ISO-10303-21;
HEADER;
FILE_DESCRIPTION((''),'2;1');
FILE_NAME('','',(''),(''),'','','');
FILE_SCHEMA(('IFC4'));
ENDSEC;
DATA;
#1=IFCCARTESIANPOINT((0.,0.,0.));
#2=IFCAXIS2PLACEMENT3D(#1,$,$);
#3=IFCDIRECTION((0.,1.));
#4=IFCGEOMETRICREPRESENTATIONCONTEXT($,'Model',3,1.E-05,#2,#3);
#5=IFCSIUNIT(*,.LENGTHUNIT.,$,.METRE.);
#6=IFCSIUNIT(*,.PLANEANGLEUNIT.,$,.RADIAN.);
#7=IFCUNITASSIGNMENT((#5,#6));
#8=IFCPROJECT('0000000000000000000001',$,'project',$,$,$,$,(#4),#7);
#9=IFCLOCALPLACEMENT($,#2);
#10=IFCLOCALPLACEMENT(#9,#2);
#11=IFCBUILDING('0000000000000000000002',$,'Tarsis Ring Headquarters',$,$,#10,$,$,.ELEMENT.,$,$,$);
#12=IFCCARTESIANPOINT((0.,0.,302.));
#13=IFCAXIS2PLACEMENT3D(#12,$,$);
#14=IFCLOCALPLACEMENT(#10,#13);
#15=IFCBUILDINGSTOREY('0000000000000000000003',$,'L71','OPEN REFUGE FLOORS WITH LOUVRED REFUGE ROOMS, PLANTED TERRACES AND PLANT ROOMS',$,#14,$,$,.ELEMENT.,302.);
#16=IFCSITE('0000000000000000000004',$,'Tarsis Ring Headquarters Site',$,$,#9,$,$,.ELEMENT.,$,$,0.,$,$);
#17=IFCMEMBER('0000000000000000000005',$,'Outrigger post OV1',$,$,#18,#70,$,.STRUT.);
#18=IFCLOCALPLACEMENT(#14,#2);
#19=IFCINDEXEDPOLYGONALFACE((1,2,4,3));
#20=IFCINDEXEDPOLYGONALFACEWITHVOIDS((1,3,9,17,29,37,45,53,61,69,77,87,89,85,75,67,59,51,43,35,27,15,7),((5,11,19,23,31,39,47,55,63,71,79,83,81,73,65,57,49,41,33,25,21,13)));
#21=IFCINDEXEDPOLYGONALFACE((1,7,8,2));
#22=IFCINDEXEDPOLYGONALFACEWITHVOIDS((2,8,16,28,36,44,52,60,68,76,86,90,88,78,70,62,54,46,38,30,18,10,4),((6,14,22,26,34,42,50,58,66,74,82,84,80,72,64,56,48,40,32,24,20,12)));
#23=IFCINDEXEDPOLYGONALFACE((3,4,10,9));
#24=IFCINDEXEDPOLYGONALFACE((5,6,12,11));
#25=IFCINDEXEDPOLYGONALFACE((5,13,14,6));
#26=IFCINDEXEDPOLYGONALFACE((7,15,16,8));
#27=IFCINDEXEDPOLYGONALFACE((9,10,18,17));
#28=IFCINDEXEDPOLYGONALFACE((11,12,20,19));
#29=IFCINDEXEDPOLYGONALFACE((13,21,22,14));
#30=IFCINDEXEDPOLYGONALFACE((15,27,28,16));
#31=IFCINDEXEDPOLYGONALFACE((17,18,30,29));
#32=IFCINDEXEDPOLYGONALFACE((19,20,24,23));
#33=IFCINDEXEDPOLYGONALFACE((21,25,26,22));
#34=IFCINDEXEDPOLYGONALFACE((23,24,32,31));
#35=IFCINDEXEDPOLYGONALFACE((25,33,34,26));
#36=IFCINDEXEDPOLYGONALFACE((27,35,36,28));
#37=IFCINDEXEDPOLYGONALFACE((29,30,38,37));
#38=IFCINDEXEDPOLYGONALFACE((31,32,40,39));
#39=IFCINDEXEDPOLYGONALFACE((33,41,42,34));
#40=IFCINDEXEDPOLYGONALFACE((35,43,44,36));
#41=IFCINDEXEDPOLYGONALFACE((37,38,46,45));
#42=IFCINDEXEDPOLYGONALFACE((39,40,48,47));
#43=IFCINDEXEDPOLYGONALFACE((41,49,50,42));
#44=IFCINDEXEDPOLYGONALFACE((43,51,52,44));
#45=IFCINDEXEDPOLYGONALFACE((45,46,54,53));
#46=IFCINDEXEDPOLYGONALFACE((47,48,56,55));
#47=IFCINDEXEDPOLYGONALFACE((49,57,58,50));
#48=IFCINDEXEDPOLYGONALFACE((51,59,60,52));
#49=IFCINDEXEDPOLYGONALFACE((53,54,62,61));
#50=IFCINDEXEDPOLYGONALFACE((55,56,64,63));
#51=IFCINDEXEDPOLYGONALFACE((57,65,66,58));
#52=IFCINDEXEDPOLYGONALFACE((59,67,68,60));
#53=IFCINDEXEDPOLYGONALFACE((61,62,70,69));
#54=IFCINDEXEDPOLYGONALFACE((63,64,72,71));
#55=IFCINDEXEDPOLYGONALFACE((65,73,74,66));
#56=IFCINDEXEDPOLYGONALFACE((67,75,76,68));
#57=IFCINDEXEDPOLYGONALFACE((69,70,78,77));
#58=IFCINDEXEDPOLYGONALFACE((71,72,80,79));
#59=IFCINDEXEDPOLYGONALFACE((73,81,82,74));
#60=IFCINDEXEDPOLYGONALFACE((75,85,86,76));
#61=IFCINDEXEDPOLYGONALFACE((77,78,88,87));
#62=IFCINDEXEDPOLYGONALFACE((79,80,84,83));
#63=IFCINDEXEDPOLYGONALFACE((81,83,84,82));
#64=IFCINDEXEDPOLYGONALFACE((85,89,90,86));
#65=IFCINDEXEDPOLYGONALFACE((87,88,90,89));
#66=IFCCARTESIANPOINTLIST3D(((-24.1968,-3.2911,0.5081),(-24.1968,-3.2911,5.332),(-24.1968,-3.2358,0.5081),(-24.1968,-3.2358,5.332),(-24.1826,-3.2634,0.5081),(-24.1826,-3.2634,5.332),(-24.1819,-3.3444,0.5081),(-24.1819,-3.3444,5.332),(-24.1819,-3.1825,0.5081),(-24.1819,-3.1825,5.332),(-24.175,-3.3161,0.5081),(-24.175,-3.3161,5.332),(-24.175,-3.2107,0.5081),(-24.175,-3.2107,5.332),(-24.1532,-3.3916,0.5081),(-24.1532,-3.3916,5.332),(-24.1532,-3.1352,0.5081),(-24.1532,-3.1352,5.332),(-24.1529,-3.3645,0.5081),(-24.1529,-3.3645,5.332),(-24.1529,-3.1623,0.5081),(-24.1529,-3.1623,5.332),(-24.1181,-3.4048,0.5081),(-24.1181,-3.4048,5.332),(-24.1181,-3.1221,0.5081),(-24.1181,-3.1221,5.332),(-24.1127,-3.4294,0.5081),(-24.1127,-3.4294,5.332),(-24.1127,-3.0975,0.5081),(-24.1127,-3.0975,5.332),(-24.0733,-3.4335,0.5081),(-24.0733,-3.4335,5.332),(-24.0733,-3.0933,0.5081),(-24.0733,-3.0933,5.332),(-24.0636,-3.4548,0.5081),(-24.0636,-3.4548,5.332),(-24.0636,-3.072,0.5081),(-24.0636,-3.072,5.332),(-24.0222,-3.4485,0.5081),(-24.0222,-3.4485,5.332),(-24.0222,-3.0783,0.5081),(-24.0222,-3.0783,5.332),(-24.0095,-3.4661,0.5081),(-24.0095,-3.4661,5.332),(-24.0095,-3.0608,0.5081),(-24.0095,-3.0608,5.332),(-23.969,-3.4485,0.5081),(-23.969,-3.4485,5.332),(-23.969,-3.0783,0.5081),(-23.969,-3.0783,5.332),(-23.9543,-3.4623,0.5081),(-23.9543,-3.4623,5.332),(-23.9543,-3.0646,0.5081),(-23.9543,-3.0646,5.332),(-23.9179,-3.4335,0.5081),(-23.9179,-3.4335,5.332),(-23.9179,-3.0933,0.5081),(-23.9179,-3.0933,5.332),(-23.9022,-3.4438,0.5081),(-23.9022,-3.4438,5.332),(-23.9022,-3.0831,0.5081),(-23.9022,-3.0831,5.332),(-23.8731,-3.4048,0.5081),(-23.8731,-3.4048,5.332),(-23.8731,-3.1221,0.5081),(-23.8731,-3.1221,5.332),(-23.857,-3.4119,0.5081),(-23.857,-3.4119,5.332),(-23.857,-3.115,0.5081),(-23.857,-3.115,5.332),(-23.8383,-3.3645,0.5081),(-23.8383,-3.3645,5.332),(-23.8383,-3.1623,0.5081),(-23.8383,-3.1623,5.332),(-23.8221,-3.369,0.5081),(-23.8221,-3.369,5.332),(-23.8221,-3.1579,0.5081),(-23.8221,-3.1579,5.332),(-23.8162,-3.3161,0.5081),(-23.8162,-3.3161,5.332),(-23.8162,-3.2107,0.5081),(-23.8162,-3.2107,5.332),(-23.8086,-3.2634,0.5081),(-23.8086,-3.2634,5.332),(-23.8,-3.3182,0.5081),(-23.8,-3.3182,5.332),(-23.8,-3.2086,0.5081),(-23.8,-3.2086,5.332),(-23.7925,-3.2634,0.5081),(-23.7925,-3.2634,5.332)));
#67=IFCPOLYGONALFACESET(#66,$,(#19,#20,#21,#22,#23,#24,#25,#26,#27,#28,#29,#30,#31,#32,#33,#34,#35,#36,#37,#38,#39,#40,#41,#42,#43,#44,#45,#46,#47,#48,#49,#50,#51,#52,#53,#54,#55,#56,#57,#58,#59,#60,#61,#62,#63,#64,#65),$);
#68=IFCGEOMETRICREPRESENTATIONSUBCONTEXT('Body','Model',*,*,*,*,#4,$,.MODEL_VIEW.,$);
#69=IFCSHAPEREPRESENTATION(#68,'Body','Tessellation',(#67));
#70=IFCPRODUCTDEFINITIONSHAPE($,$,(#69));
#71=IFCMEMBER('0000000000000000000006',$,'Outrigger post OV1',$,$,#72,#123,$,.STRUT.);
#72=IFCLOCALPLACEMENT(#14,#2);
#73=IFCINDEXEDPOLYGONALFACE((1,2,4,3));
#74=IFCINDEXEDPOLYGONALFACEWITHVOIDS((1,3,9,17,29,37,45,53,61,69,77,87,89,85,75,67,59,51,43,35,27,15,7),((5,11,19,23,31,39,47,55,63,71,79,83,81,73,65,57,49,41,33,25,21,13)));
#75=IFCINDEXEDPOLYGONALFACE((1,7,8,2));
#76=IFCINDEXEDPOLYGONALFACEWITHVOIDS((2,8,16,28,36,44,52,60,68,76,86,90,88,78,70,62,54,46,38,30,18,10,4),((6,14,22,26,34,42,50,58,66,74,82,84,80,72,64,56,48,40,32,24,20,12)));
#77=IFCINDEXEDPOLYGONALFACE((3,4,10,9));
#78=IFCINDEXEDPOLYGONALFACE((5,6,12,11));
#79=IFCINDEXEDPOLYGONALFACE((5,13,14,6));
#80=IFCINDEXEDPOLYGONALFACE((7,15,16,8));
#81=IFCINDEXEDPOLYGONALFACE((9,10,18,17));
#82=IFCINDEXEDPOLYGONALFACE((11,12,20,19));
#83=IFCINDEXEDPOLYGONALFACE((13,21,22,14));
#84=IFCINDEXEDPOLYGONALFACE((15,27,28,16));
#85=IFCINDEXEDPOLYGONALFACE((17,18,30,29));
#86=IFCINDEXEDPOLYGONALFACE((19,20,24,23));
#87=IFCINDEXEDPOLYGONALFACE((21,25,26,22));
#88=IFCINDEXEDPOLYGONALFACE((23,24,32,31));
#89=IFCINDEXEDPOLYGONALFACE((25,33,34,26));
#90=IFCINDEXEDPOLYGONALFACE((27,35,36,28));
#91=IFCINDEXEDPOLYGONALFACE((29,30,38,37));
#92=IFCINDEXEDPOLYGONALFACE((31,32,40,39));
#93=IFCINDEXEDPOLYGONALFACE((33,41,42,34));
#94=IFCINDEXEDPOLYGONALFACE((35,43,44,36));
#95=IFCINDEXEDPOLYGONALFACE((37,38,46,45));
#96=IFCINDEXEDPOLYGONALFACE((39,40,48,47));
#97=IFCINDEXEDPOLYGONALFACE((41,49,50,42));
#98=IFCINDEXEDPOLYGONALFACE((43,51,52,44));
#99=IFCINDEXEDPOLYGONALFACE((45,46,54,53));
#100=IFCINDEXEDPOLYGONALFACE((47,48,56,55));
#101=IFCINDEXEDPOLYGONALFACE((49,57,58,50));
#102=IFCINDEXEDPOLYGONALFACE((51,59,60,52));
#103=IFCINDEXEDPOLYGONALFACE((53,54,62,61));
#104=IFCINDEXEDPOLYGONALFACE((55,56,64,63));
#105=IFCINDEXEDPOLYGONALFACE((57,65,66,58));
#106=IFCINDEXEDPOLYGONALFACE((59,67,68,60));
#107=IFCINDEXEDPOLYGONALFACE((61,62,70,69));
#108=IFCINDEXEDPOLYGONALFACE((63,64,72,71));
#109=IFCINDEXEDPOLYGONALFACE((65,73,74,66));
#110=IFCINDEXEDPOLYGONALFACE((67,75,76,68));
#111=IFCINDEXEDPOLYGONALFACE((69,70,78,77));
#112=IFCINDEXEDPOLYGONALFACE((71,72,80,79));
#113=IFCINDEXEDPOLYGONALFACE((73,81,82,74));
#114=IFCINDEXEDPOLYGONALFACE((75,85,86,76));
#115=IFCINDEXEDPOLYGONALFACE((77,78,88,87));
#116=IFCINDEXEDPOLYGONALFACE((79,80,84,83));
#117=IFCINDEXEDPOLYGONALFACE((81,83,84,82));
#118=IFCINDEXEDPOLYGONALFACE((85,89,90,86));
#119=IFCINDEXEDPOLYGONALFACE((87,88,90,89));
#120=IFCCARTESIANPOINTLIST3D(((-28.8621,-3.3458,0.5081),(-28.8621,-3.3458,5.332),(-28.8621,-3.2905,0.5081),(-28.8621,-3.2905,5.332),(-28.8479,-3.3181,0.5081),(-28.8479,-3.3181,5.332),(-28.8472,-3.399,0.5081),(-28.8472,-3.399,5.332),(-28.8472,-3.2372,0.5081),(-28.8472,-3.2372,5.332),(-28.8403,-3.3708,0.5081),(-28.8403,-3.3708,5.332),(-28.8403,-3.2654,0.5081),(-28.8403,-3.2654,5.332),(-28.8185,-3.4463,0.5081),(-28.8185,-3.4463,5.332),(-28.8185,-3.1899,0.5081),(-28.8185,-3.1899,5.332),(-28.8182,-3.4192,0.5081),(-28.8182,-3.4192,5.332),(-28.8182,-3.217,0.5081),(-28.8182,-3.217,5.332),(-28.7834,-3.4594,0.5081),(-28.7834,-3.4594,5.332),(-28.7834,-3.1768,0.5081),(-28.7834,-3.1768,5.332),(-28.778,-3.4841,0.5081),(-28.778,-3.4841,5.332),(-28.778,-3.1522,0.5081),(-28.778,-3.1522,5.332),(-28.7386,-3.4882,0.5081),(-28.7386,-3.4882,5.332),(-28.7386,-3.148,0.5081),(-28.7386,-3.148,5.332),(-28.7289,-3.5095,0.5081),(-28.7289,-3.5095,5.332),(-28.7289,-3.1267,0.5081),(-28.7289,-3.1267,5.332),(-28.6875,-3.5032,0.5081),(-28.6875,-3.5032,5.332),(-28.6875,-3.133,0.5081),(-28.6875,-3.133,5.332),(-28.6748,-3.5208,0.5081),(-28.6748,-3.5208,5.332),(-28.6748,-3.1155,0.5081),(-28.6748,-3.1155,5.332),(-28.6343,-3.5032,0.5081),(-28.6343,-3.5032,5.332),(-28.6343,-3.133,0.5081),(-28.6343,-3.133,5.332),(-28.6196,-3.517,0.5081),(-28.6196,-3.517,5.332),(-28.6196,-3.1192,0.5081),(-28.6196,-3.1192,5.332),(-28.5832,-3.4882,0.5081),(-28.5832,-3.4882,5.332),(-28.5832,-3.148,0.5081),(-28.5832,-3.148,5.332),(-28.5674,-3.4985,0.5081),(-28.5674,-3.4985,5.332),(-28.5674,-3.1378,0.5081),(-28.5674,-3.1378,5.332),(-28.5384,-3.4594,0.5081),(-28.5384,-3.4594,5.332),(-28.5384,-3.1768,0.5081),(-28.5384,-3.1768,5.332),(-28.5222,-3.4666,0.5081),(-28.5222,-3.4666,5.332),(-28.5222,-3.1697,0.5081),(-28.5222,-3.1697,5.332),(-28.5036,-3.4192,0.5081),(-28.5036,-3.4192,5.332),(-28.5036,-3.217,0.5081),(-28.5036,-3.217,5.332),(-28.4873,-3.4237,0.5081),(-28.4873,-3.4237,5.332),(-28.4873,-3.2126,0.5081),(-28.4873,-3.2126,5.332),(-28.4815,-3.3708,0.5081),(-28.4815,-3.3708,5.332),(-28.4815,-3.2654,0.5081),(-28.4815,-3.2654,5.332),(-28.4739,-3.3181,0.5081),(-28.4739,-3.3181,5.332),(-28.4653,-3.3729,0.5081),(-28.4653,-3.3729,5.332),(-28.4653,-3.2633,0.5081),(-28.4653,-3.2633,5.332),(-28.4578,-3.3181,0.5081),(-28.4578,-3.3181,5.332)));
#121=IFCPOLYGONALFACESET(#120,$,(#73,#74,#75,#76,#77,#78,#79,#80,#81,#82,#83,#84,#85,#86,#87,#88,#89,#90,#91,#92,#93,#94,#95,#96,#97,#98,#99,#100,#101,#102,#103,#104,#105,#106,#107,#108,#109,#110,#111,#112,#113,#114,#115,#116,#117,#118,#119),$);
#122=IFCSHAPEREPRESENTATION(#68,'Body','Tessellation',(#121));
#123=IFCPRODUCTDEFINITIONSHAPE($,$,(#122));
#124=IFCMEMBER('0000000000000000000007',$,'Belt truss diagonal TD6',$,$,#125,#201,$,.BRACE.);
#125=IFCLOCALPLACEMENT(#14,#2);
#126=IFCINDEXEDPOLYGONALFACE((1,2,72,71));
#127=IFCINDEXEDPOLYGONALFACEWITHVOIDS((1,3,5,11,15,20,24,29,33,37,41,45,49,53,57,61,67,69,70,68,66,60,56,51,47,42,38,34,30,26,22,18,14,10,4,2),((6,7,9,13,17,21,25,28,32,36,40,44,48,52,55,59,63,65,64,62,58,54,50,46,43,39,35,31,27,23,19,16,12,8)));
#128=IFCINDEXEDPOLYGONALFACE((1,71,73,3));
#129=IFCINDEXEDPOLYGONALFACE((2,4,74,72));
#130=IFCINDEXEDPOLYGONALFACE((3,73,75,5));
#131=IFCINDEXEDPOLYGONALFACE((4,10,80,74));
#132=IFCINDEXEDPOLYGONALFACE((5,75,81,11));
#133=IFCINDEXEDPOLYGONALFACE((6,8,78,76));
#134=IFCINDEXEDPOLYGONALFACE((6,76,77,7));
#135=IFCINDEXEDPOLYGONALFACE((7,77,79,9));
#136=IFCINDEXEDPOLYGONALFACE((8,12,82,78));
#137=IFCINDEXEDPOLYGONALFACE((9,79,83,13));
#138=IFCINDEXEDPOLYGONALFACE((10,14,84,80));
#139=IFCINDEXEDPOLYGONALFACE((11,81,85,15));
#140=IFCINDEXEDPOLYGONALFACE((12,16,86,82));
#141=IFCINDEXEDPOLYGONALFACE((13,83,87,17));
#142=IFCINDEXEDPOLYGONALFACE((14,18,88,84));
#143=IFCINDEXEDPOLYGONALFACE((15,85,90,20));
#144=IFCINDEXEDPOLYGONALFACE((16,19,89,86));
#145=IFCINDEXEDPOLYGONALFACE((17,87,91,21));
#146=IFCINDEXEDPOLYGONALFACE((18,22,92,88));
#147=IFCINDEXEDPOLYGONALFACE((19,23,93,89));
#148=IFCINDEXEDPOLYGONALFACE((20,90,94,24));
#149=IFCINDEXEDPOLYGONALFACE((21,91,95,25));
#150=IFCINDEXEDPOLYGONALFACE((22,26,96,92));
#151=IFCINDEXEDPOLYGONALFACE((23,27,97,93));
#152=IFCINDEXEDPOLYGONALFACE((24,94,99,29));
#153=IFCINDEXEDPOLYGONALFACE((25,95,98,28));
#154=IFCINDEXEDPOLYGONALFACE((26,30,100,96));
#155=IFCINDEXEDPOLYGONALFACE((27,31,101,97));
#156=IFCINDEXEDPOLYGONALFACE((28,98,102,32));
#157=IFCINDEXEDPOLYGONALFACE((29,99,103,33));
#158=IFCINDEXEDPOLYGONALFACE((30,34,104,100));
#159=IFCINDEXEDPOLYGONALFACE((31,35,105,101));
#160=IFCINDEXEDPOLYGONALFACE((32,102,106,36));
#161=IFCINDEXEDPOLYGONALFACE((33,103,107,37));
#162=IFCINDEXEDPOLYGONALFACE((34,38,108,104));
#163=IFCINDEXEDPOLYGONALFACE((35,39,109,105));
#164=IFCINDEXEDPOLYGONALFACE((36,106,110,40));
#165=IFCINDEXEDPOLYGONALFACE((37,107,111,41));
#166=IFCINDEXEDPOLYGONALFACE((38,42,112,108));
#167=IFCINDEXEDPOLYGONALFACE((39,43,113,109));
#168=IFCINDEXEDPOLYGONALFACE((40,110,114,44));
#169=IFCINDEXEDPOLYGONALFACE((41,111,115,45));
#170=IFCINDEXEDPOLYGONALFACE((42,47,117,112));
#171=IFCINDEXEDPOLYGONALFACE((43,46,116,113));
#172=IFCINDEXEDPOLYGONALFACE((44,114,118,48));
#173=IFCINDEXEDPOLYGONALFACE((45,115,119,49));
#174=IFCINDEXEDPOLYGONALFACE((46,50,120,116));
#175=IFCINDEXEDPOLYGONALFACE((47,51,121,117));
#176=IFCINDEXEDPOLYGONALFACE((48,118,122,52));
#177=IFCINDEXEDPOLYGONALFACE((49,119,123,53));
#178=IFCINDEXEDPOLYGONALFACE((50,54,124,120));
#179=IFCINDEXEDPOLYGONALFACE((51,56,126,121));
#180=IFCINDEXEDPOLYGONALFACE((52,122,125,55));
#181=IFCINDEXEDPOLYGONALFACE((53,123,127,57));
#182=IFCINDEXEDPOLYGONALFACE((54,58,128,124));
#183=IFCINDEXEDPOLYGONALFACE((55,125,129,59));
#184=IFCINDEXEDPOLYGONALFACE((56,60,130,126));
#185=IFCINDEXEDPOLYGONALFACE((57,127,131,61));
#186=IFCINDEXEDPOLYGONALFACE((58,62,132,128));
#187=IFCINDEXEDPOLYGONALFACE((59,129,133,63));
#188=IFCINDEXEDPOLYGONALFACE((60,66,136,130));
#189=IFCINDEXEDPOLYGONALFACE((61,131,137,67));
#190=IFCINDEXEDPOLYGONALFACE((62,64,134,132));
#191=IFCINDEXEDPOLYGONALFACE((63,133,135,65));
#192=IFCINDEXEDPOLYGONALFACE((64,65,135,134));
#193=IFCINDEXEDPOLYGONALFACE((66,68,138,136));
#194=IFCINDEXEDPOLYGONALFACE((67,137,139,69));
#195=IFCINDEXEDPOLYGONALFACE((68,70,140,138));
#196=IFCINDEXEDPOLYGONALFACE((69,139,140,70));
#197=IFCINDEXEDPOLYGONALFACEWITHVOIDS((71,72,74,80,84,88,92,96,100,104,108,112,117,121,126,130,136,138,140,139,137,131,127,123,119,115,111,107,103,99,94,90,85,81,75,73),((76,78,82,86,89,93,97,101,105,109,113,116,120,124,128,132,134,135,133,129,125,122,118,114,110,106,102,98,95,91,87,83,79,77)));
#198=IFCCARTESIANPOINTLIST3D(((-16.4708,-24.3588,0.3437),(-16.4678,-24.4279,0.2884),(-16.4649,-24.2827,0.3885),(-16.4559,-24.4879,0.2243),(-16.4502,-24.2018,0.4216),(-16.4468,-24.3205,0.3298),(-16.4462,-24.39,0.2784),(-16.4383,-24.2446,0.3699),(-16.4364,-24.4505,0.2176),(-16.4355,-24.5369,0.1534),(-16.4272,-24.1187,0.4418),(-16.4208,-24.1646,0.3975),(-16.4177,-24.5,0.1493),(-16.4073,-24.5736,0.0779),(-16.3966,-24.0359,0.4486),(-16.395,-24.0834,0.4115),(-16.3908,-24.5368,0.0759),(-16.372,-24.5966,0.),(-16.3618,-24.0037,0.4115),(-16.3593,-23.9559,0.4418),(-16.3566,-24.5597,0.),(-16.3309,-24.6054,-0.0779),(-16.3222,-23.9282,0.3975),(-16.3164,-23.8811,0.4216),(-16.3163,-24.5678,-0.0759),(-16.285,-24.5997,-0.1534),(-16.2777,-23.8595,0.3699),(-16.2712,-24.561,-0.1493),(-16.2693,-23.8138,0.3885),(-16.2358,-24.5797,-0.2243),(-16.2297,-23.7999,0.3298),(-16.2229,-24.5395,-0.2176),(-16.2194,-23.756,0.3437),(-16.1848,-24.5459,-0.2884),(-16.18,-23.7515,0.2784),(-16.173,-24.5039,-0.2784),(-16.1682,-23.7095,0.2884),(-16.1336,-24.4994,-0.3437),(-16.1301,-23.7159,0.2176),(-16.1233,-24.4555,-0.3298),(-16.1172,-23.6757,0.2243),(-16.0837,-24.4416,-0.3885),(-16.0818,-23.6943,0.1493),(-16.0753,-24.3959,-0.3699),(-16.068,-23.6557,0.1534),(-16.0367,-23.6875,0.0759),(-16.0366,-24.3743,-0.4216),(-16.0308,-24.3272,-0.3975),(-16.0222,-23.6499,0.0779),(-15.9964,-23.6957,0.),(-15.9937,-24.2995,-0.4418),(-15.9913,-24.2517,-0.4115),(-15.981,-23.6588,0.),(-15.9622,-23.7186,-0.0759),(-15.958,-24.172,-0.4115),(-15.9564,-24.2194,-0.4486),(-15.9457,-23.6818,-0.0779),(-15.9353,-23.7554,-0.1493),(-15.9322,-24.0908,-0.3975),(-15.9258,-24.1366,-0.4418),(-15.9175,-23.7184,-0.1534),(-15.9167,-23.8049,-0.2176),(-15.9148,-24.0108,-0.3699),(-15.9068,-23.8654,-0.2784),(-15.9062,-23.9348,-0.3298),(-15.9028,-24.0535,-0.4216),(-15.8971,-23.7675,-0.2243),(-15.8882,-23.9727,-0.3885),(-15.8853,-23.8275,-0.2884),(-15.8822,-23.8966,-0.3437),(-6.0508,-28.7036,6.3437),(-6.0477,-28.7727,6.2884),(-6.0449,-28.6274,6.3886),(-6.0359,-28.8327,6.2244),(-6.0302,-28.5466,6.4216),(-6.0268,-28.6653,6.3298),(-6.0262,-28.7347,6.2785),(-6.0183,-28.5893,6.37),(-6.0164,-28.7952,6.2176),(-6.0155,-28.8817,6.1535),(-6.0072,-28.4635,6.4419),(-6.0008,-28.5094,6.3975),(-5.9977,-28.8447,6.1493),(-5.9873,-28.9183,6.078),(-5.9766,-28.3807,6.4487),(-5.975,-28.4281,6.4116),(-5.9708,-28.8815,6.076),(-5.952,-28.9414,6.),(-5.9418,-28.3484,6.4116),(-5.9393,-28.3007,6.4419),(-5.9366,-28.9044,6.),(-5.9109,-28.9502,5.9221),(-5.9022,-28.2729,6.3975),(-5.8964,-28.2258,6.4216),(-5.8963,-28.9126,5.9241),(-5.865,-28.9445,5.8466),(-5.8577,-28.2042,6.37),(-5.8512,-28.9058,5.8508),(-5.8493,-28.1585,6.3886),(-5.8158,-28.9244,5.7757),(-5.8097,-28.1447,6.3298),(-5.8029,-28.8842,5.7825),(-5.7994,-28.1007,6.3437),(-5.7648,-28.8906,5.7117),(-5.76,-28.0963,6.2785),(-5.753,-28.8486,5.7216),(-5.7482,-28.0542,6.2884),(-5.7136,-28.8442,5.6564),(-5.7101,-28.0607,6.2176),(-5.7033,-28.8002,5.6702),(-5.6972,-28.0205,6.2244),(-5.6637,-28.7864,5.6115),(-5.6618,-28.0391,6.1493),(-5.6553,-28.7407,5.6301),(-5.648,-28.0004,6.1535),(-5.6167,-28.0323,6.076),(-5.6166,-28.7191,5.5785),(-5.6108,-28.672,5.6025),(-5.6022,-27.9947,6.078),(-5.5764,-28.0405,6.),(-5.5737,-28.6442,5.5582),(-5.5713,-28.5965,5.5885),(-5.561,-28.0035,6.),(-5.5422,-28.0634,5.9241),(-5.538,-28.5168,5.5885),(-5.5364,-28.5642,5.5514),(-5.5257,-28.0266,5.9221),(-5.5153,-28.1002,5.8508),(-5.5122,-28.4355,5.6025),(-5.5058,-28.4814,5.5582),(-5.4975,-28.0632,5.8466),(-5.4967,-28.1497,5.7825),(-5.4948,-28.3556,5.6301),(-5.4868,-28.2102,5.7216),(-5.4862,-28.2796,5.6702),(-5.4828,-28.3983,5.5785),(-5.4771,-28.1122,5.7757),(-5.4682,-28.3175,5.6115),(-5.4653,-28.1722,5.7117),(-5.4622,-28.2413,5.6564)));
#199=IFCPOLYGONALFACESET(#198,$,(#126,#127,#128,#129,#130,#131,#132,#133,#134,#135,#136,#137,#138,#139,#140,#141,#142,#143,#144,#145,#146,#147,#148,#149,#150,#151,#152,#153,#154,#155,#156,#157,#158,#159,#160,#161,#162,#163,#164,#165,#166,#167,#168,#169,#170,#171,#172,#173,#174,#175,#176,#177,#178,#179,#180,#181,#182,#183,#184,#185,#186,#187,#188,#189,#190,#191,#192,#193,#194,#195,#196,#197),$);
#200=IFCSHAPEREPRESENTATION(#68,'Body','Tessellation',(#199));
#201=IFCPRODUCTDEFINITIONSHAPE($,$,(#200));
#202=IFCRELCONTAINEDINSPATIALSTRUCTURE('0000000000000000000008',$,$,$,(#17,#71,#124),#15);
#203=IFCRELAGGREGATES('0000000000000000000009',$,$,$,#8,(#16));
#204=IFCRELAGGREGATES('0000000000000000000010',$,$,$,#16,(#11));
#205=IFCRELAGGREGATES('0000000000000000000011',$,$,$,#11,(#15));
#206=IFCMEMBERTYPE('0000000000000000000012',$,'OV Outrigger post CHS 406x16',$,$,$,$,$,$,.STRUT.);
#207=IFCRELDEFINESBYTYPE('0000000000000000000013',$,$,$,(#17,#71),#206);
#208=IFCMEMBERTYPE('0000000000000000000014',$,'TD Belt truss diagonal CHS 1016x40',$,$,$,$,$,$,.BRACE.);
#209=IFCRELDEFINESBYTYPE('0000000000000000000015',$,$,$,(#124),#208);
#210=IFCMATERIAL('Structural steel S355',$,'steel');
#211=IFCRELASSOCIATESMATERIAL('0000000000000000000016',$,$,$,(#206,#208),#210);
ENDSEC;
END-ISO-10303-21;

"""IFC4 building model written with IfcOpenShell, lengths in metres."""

from ifc_helpers import new_model, si_unit, direction, frame, origin, origin_2d, place, context, subcontext, project, spatial, hollow_circle, extrude, material, material_profile, profile_set, type_object, element, save


model = new_model("IFC4")

# Units and contexts
model_context = context("Model", 3, precision=1e-05, world=origin(), true_north=direction((0.0, 1.0)))
body_context = subcontext(model_context, "Body", "Model", "MODEL_VIEW")
ifc_project = project(units=[si_unit("LENGTHUNIT", "METRE"), si_unit("PLANEANGLEUNIT", "RADIAN")], contexts=[model_context])

# Site, building, storey
site_placement = place(None, origin())
site = spatial("IfcSite", under=ifc_project, at=site_placement, Name="Tarsis Ring Headquarters Site", CompositionType="ELEMENT", RefElevation=0.0)
building_placement = place(site_placement, origin())
building = spatial("IfcBuilding", under=site, at=building_placement, Name="Tarsis Ring Headquarters", CompositionType="ELEMENT")
storey_placement = place(building_placement, frame((0.0, 0.0, 302.0)))
storey = spatial("IfcBuildingStorey", under=building, at=storey_placement, Name="L71", Description="OPEN REFUGE FLOORS WITH LOUVRED REFUGE ROOMS, PLANTED TERRACES AND PLANT ROOMS", CompositionType="ELEMENT", Elevation=302.0)

# Shared definitions
ifc_material_1 = material(Name="Structural steel S355", Category="steel")
ifc_material_profile_1 = material_profile(ifc_material_1, hollow_circle(Radius=0.5081, WallThickness=0.04, at=origin_2d()), Name="CHS 1016x40")
ifc_profile_set_1 = profile_set([ifc_material_profile_1], Name="Structural steel S355")

# Members
ifc_material_profile_2 = material_profile(ifc_material_1, hollow_circle(Radius=0.2031, WallThickness=0.0161, at=origin_2d()), Name="CHS 406x16")
ifc_profile_set_2 = profile_set([ifc_material_profile_2], Name="Structural steel S355")
member_type_1 = type_object("IfcMemberType", Name="OV Outrigger post CHS 406x16", PredefinedType="STRUT", material=ifc_profile_set_2)
for number, where, z_axis, x_axis, name in (
    (1, (-23.9956, -3.2634, 0.5081), (0.0, 0.0, 1.0), (1.0, 0.0, 0.0), "Outrigger post OV1"),
    (2, (-28.6609, -3.3181, 0.5081), (0.0, 0.0, 1.0), (1.0, 0.0, 0.0), "Outrigger post OV1"),
):
    element("IfcMember", number, at=place(storey_placement, frame(where, z_axis=z_axis, x_axis=x_axis)), inside=storey, type_object=member_type_1, Name=name, PredefinedType="STRUT", context=body_context, shape_type="SweptSolid", body=[
        extrude(hollow_circle(Radius=0.2031, WallThickness=0.0161, at=origin_2d()), origin(), (0.0, 0.0, 1.0), 4.824),
    ])
member_type_2 = type_object("IfcMemberType", Name="TD Belt truss diagonal CHS 1016x40", PredefinedType="BRACE", material=ifc_profile_set_1)
member_1_placement = place(storey_placement, frame((-16.1765, -24.1277, 0.0), z_axis=(0.815023, -0.339835, 0.469307), x_axis=(0.384849, 0.92298, 0.0)))
element("IfcMember", 3, at=member_1_placement, inside=storey, type_object=member_type_2, Name="Belt truss diagonal TD6", PredefinedType="BRACE", context=body_context, shape_type="SweptSolid", body=[
    extrude(hollow_circle(Radius=0.5081, WallThickness=0.04, at=origin_2d()), origin(), (0.0, 0.0, 1.0), 12.7849),
])

save(model, "model.ifc")
